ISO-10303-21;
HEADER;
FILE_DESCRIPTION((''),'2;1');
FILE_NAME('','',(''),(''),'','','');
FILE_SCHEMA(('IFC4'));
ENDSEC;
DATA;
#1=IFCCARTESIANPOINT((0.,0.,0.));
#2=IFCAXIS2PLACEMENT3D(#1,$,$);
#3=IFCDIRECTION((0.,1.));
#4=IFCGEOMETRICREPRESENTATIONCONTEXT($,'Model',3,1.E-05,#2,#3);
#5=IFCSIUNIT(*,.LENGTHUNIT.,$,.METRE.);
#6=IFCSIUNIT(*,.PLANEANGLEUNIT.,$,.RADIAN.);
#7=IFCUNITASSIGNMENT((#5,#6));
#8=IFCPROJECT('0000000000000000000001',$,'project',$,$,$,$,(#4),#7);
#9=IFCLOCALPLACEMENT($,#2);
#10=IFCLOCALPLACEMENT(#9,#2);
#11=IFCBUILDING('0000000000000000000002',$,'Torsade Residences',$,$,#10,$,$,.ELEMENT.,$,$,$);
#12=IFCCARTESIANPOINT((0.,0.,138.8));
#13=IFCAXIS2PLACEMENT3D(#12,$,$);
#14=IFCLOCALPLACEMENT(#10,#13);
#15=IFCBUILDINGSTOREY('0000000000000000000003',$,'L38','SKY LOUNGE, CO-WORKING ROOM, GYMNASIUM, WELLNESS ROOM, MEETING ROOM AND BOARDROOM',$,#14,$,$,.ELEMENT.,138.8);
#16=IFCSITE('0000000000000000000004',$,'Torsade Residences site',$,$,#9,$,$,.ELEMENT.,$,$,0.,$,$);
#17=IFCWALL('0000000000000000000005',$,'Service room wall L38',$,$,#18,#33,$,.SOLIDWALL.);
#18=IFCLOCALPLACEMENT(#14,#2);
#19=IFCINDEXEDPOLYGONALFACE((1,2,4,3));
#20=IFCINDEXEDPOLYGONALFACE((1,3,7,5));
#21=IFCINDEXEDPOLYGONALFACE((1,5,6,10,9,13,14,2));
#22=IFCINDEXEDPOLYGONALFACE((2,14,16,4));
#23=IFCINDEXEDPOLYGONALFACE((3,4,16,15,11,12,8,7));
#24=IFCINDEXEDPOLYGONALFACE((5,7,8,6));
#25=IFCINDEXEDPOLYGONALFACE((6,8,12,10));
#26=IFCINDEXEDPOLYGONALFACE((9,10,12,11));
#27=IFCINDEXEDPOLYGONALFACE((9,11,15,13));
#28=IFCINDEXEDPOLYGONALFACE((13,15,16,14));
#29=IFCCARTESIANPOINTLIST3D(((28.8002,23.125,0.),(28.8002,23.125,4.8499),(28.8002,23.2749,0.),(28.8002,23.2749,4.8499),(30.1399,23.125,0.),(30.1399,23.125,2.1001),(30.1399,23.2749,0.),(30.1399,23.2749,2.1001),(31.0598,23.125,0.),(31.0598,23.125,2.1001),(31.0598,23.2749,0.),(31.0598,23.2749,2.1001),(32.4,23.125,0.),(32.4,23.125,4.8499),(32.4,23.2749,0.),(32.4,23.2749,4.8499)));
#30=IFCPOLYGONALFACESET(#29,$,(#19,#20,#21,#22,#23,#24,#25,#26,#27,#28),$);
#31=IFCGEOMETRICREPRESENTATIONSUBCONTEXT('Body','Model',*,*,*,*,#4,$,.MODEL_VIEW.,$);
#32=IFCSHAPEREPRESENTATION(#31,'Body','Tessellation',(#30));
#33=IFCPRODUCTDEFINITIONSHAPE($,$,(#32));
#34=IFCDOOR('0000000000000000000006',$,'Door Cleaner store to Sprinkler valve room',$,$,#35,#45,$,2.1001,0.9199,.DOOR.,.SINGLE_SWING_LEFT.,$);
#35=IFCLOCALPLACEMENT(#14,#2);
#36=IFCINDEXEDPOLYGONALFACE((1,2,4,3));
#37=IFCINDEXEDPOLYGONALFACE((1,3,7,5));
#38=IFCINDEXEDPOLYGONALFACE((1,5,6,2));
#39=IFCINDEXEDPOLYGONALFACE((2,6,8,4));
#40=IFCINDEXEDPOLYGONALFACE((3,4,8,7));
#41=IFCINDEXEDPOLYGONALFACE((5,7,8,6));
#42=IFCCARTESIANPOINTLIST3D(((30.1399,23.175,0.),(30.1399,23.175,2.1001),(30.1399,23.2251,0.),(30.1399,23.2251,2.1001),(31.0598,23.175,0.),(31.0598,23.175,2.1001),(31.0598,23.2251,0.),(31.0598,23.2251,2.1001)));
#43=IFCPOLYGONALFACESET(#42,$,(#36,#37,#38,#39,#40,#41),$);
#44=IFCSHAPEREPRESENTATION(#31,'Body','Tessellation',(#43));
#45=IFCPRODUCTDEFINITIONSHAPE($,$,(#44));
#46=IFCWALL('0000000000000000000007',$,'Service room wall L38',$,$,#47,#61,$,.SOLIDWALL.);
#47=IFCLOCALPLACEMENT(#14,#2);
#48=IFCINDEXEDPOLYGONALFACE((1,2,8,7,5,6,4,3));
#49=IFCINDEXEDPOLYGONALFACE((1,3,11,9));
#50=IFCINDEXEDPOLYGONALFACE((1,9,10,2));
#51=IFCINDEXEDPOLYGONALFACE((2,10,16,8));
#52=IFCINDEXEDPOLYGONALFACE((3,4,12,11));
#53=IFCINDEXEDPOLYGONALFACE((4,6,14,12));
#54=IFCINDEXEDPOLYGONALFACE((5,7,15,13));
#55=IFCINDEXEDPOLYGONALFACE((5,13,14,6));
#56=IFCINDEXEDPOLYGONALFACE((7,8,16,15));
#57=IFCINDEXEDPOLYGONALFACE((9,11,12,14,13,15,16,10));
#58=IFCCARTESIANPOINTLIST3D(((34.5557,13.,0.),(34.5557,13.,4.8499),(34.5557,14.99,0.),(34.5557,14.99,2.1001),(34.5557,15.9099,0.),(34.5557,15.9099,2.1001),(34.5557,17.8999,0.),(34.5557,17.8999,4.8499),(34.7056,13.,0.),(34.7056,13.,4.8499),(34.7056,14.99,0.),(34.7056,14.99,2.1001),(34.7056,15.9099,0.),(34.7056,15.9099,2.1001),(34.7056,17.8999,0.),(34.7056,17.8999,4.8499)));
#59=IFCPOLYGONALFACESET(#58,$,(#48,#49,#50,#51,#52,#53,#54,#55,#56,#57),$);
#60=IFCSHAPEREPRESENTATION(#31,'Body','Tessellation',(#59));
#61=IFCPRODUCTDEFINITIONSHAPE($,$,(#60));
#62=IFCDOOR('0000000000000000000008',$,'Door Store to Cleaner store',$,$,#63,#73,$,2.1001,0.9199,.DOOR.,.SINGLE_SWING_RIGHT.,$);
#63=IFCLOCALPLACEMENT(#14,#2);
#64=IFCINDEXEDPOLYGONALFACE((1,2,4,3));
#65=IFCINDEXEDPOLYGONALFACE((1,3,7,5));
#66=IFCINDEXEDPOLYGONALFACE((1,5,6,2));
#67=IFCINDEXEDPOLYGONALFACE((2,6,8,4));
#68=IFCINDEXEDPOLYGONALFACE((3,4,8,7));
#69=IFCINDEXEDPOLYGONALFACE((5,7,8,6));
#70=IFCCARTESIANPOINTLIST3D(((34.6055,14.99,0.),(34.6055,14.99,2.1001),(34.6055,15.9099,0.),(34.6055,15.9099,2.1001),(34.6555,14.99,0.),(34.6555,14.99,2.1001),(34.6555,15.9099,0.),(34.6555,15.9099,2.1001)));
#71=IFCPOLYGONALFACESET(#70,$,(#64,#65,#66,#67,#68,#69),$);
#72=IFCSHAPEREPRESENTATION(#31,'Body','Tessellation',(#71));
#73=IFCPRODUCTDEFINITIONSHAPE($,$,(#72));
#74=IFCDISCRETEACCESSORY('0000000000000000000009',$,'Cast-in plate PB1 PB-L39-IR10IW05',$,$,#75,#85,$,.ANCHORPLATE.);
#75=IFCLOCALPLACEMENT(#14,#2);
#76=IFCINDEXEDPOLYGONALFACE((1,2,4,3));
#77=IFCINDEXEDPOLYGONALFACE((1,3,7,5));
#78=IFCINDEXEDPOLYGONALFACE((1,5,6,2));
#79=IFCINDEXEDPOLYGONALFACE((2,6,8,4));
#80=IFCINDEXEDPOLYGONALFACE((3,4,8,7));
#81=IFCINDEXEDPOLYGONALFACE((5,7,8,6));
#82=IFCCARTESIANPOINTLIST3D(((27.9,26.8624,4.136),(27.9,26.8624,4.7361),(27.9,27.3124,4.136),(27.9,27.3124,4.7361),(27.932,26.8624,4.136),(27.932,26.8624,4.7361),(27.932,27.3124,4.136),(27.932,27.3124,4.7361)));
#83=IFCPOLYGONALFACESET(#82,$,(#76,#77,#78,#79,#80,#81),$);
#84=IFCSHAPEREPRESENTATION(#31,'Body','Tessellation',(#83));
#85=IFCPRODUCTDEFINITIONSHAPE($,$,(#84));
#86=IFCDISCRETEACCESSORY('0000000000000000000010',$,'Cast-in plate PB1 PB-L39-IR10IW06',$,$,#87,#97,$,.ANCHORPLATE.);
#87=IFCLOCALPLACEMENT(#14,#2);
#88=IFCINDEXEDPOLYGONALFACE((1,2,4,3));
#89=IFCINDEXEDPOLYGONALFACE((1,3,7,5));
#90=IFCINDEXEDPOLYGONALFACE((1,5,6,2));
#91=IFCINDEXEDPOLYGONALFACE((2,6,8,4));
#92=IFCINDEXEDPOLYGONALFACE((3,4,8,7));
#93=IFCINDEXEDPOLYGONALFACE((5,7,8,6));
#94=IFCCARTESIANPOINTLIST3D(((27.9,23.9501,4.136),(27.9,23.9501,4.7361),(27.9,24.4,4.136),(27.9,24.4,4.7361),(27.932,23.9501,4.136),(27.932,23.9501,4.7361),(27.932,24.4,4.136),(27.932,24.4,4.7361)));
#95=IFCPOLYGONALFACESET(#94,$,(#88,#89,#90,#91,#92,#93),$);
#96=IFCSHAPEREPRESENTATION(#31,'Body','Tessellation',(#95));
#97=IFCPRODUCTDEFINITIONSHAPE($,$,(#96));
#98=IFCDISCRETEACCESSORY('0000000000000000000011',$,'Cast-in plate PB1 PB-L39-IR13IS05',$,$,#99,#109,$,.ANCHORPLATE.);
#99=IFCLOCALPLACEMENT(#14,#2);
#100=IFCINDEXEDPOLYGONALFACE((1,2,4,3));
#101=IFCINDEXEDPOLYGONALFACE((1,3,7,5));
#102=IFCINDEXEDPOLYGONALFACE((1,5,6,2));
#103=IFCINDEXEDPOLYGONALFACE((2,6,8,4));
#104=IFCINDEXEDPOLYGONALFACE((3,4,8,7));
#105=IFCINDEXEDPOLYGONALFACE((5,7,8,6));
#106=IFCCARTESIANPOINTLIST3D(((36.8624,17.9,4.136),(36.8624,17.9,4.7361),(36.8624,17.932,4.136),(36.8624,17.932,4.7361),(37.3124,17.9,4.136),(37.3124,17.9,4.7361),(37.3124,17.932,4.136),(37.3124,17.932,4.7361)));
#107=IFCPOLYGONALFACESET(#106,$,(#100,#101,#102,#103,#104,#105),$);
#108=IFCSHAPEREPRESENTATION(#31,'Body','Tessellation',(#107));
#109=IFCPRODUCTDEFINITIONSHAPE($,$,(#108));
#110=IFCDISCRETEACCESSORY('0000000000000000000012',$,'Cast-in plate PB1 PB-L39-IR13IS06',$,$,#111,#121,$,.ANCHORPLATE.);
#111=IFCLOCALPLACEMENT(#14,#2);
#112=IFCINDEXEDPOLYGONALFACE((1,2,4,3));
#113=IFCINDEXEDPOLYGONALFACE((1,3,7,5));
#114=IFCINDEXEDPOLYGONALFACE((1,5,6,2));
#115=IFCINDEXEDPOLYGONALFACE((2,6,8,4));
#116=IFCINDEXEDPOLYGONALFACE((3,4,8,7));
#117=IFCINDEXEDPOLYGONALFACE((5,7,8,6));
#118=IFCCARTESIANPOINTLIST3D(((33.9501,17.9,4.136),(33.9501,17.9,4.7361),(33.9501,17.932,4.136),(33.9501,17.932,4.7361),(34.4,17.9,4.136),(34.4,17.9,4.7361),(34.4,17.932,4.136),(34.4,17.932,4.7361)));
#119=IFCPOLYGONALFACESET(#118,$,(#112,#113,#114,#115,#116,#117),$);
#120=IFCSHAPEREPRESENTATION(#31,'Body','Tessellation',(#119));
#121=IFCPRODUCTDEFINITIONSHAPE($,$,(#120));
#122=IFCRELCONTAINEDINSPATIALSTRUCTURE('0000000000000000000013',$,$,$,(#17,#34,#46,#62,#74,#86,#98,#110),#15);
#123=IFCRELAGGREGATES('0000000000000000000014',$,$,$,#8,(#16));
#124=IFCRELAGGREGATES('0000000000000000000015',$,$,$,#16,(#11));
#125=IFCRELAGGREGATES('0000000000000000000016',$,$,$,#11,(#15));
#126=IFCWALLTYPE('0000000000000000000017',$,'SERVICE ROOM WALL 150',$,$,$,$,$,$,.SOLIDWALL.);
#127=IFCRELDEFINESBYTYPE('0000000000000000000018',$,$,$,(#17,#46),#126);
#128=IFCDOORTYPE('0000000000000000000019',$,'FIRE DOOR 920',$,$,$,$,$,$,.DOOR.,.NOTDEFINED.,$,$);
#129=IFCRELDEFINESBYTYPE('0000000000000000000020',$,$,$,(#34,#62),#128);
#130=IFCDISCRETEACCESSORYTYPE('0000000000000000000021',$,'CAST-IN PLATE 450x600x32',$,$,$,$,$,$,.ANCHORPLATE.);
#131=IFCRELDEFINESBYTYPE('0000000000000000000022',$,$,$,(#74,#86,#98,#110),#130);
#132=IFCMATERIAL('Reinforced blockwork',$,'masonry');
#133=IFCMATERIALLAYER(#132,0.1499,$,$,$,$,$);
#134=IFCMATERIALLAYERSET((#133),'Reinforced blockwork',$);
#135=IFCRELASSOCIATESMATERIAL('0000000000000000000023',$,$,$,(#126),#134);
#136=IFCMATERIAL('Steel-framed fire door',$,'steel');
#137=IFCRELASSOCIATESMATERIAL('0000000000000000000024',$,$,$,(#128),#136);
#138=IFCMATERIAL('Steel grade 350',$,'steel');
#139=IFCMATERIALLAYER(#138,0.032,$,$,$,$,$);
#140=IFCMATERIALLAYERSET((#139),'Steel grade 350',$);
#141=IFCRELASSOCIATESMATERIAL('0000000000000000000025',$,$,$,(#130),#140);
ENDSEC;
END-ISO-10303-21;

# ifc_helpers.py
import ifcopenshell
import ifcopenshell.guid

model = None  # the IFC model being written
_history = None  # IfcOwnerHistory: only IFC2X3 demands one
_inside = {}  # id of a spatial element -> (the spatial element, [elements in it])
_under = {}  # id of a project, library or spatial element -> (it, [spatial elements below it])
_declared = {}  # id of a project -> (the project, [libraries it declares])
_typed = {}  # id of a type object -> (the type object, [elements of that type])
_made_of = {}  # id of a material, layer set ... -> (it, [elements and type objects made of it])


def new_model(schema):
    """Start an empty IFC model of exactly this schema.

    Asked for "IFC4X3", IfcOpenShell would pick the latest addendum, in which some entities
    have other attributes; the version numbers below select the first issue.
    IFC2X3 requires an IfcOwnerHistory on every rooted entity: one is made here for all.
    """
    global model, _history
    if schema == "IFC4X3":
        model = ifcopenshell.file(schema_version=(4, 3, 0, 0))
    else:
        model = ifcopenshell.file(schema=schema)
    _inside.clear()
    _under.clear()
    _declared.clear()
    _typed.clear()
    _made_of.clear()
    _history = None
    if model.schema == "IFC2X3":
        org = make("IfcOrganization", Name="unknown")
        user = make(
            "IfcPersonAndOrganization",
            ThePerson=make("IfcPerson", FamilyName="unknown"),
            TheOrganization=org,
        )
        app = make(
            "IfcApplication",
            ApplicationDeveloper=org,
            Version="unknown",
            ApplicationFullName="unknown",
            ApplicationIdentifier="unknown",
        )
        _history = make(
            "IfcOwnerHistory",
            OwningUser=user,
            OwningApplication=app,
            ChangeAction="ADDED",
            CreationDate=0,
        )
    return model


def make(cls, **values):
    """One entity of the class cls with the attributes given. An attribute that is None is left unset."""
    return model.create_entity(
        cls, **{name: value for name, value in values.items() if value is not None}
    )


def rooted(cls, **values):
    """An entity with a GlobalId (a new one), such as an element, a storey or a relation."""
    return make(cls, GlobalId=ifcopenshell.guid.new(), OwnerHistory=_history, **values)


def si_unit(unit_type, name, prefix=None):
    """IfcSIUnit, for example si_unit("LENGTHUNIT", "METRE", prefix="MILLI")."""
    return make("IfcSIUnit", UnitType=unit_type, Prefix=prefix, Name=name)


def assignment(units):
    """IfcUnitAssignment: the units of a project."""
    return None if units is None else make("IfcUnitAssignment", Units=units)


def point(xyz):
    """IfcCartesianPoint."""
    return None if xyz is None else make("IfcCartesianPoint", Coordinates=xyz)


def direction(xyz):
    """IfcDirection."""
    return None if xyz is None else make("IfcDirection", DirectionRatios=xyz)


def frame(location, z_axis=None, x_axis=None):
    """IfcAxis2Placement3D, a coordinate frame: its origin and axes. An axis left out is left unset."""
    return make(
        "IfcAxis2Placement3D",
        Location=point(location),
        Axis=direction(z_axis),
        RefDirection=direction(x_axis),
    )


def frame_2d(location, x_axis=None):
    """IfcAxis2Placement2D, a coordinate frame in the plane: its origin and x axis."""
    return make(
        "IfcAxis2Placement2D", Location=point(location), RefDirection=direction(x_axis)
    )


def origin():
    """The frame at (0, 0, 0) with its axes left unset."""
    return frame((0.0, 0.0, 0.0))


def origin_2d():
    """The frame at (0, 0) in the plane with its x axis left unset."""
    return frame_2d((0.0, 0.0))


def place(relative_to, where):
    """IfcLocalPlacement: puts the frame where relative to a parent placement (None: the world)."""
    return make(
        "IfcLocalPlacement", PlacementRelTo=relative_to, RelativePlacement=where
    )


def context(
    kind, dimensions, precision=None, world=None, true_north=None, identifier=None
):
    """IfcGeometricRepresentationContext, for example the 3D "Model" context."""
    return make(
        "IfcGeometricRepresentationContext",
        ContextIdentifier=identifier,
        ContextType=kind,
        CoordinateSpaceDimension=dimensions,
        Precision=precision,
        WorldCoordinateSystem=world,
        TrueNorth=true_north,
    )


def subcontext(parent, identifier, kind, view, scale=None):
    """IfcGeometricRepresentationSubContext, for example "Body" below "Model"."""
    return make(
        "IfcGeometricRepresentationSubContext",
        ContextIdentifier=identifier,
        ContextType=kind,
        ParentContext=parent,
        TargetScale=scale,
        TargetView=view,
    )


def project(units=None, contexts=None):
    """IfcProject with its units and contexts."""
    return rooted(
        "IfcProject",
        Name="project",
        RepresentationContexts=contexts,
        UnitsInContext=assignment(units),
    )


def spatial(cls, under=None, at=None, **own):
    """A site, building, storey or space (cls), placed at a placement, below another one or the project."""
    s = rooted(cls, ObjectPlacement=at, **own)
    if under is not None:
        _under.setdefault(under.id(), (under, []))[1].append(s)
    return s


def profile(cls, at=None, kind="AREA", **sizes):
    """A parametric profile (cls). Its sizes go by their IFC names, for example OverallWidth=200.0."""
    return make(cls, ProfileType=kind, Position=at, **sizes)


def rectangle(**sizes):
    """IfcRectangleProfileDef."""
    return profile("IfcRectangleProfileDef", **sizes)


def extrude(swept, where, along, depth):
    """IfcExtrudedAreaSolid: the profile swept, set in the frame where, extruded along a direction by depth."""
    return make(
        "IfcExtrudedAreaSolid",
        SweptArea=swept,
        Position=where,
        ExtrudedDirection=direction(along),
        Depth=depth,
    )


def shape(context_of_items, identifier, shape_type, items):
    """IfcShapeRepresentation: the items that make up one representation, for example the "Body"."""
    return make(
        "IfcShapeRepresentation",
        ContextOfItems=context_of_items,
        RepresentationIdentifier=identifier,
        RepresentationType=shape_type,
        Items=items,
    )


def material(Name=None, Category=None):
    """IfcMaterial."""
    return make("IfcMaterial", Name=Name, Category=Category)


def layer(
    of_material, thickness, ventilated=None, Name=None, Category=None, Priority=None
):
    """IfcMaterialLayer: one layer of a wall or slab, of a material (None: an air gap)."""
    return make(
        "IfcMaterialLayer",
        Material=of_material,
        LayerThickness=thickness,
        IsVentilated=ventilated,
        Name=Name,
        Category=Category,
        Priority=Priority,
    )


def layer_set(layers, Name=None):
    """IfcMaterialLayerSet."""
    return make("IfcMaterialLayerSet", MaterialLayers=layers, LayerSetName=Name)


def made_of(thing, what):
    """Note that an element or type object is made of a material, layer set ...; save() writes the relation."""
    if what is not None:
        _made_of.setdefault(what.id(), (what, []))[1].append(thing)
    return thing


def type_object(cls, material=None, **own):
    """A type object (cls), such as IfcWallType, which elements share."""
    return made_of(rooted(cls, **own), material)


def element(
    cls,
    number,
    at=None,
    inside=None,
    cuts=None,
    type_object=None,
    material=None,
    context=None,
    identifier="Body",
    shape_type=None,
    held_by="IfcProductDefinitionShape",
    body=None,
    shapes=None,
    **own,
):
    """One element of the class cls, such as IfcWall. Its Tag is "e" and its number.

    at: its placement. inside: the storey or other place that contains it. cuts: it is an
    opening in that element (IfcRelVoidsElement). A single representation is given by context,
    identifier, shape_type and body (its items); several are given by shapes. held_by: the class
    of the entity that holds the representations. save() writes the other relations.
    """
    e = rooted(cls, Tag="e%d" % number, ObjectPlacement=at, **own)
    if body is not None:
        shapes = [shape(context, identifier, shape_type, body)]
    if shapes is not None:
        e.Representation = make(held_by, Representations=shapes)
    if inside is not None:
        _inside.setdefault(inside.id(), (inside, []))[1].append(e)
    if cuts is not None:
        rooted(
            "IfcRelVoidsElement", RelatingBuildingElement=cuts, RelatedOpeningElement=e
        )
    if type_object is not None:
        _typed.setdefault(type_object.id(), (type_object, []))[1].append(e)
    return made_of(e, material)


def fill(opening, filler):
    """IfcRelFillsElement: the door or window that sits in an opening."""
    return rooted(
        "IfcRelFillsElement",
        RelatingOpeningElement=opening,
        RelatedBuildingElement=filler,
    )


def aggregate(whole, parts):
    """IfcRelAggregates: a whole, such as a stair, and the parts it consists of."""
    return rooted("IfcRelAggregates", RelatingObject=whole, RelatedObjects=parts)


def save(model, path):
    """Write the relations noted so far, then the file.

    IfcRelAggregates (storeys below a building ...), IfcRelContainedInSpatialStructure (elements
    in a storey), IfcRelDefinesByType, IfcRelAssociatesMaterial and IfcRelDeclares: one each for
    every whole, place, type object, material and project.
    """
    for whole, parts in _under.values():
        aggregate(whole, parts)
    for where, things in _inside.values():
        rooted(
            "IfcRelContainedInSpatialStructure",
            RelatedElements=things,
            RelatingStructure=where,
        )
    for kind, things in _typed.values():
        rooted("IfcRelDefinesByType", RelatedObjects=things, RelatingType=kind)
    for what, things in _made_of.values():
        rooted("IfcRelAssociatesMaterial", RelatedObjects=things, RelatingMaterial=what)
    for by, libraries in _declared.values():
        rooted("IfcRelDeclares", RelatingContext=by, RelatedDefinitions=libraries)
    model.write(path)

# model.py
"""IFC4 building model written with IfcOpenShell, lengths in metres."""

from ifc_helpers import new_model, si_unit, direction, frame, frame_2d, origin, origin_2d, place, context, subcontext, project, spatial, rectangle, extrude, material, layer, layer_set, type_object, element, fill, save


model = new_model("IFC4")

# Units and contexts
model_context = context("Model", 3, precision=1e-05, world=origin(), true_north=direction((0.0, 1.0)))
body_context = subcontext(model_context, "Body", "Model", "MODEL_VIEW")
ifc_project = project(units=[si_unit("LENGTHUNIT", "METRE"), si_unit("PLANEANGLEUNIT", "RADIAN")], contexts=[model_context])

# Site, building, storey
site_placement = place(None, origin())
site = spatial("IfcSite", under=ifc_project, at=site_placement, Name="Torsade Residences site", CompositionType="ELEMENT", RefElevation=0.0)
building_placement = place(site_placement, origin())
building = spatial("IfcBuilding", under=site, at=building_placement, Name="Torsade Residences", CompositionType="ELEMENT")
storey_placement = place(building_placement, frame((0.0, 0.0, 138.8)))
storey = spatial("IfcBuildingStorey", under=building, at=storey_placement, Name="L38", Description="SKY LOUNGE, CO-WORKING ROOM, GYMNASIUM, WELLNESS ROOM, MEETING ROOM AND BOARDROOM", CompositionType="ELEMENT", Elevation=138.8)

# Shared definitions
ifc_material_1 = material(Name="Reinforced blockwork", Category="masonry")
ifc_layer_1 = layer(ifc_material_1, 0.1499)
ifc_layer_set_1 = layer_set([ifc_layer_1], Name="Reinforced blockwork")
wall_type = type_object("IfcWallType", Name="SERVICE ROOM WALL 150", PredefinedType="SOLIDWALL", material=ifc_layer_set_1)

# Walls, openings, doors
wall_1_placement = place(storey_placement, frame((32.3999, 23.2, 0.0), z_axis=(0.0, 0.0, 1.0), x_axis=(-1.0, 0.0, 0.0)))
wall_1 = element("IfcWall", 1, at=wall_1_placement, inside=storey, type_object=wall_type, Name="Service room wall L38", PredefinedType="SOLIDWALL", context=body_context, shape_type="SweptSolid", body=[
    extrude(rectangle(XDim=3.5999, YDim=0.1499, at=frame_2d((1.7998, 0.0))), origin(), (0.0, 0.0, 1.0), 4.8499),
])
opening_1_placement = place(wall_1_placement, frame((1.3401, 0.0, 0.0)))
opening_1 = element("IfcOpeningElement", 2, at=opening_1_placement, cuts=wall_1, PredefinedType="OPENING", context=body_context, shape_type="SweptSolid", body=[
    extrude(rectangle(XDim=0.9199, YDim=2.1001, at=frame_2d((0.46, 1.05))), frame((0.0, 0.085, 0.0), z_axis=(0.0, -1.0, 0.0), x_axis=(1.0, 0.0, 0.0)), (0.0, 0.0, 1.0), 0.1699),
])
ifc_material_2 = material(Name="Steel-framed fire door", Category="steel")
door_type = type_object("IfcDoorType", Name="FIRE DOOR 920", OperationType="NOTDEFINED", PredefinedType="DOOR", material=ifc_material_2)
door_1_placement = place(opening_1_placement, origin())
door_1 = element("IfcDoor", 3, at=door_1_placement, inside=storey, type_object=door_type, Name="Door Cleaner store to Sprinkler valve room", OperationType="SINGLE_SWING_LEFT", OverallHeight=2.1001, OverallWidth=0.9199, PredefinedType="DOOR", context=body_context, shape_type="SweptSolid", body=[
    extrude(rectangle(XDim=0.9199, YDim=2.1001, at=frame_2d((0.46, 1.05))), frame((0.0, 0.0249, 0.0), z_axis=(0.0, -1.0, 0.0), x_axis=(1.0, 0.0, 0.0)), (0.0, 0.0, 1.0), 0.05),
])
fill(opening_1, door_1)
wall_2_placement = place(storey_placement, frame((34.6306, 17.8999, 0.0), z_axis=(0.0, 0.0, 1.0), x_axis=(0.0, -1.0, 0.0)))
wall_2 = element("IfcWall", 4, at=wall_2_placement, inside=storey, type_object=wall_type, Name="Service room wall L38", PredefinedType="SOLIDWALL", context=body_context, shape_type="SweptSolid", body=[
    extrude(rectangle(XDim=4.8999, YDim=0.1499, at=frame_2d((2.45, 0.0))), origin(), (0.0, 0.0, 1.0), 4.8499),
])
opening_2_placement = place(wall_2_placement, frame((1.99, 0.0, 0.0)))
opening_2 = element("IfcOpeningElement", 5, at=opening_2_placement, cuts=wall_2, PredefinedType="OPENING", context=body_context, shape_type="SweptSolid", body=[
    extrude(rectangle(XDim=0.9199, YDim=2.1001, at=frame_2d((0.46, 1.05))), frame((0.0, 0.085, 0.0), z_axis=(0.0, -1.0, 0.0), x_axis=(1.0, 0.0, 0.0)), (0.0, 0.0, 1.0), 0.1699),
])
door_2_placement = place(opening_2_placement, origin())
door_2 = element("IfcDoor", 6, at=door_2_placement, inside=storey, type_object=door_type, Name="Door Store to Cleaner store", OperationType="SINGLE_SWING_RIGHT", OverallHeight=2.1001, OverallWidth=0.9199, PredefinedType="DOOR", context=body_context, shape_type="SweptSolid", body=[
    extrude(rectangle(XDim=0.9199, YDim=2.1001, at=frame_2d((0.46, 1.05))), frame((0.0, 0.0249, 0.0), z_axis=(0.0, -1.0, 0.0), x_axis=(1.0, 0.0, 0.0)), (0.0, 0.0, 1.0), 0.05),
])
fill(opening_2, door_2)

# Discrete accessories
ifc_material_3 = material(Name="Steel grade 350", Category="steel")
ifc_layer_2 = layer(ifc_material_3, 0.032)
ifc_layer_set_2 = layer_set([ifc_layer_2], Name="Steel grade 350")
discrete_accessory_type = type_object("IfcDiscreteAccessoryType", Name="CAST-IN PLATE 450x600x32", PredefinedType="ANCHORPLATE", material=ifc_layer_set_2)
for number, where, z_axis, x_axis, name in (
    (7, (27.916, 27.0874, 4.136), (0.0, 0.0, 1.0), (1.0, 0.0, 0.0), "Cast-in plate PB1 PB-L39-IR10IW05"),
    (8, (27.916, 24.175, 4.136), (0.0, 0.0, 1.0), (1.0, 0.0, 0.0), "Cast-in plate PB1 PB-L39-IR10IW06"),
):
    element("IfcDiscreteAccessory", number, at=place(storey_placement, frame(where, z_axis=z_axis, x_axis=x_axis)), inside=storey, type_object=discrete_accessory_type, Name=name, PredefinedType="ANCHORPLATE", context=body_context, shape_type="SweptSolid", body=[
        extrude(rectangle(XDim=0.032, YDim=0.45, at=origin_2d()), origin(), (0.0, 0.0, 1.0), 0.6001),
    ])
for number, where, z_axis, x_axis, name in (
    (9, (37.0874, 17.916, 4.136), (0.0, 0.0, 1.0), (1.0, 0.0, 0.0), "Cast-in plate PB1 PB-L39-IR13IS05"),
    (10, (34.175, 17.916, 4.136), (0.0, 0.0, 1.0), (1.0, 0.0, 0.0), "Cast-in plate PB1 PB-L39-IR13IS06"),
):
    element("IfcDiscreteAccessory", number, at=place(storey_placement, frame(where, z_axis=z_axis, x_axis=x_axis)), inside=storey, type_object=discrete_accessory_type, Name=name, PredefinedType="ANCHORPLATE", context=body_context, shape_type="SweptSolid", body=[
        extrude(rectangle(XDim=0.45, YDim=0.032, at=origin_2d()), origin(), (0.0, 0.0, 1.0), 0.6001),
    ])

save(model, "model.ifc")
